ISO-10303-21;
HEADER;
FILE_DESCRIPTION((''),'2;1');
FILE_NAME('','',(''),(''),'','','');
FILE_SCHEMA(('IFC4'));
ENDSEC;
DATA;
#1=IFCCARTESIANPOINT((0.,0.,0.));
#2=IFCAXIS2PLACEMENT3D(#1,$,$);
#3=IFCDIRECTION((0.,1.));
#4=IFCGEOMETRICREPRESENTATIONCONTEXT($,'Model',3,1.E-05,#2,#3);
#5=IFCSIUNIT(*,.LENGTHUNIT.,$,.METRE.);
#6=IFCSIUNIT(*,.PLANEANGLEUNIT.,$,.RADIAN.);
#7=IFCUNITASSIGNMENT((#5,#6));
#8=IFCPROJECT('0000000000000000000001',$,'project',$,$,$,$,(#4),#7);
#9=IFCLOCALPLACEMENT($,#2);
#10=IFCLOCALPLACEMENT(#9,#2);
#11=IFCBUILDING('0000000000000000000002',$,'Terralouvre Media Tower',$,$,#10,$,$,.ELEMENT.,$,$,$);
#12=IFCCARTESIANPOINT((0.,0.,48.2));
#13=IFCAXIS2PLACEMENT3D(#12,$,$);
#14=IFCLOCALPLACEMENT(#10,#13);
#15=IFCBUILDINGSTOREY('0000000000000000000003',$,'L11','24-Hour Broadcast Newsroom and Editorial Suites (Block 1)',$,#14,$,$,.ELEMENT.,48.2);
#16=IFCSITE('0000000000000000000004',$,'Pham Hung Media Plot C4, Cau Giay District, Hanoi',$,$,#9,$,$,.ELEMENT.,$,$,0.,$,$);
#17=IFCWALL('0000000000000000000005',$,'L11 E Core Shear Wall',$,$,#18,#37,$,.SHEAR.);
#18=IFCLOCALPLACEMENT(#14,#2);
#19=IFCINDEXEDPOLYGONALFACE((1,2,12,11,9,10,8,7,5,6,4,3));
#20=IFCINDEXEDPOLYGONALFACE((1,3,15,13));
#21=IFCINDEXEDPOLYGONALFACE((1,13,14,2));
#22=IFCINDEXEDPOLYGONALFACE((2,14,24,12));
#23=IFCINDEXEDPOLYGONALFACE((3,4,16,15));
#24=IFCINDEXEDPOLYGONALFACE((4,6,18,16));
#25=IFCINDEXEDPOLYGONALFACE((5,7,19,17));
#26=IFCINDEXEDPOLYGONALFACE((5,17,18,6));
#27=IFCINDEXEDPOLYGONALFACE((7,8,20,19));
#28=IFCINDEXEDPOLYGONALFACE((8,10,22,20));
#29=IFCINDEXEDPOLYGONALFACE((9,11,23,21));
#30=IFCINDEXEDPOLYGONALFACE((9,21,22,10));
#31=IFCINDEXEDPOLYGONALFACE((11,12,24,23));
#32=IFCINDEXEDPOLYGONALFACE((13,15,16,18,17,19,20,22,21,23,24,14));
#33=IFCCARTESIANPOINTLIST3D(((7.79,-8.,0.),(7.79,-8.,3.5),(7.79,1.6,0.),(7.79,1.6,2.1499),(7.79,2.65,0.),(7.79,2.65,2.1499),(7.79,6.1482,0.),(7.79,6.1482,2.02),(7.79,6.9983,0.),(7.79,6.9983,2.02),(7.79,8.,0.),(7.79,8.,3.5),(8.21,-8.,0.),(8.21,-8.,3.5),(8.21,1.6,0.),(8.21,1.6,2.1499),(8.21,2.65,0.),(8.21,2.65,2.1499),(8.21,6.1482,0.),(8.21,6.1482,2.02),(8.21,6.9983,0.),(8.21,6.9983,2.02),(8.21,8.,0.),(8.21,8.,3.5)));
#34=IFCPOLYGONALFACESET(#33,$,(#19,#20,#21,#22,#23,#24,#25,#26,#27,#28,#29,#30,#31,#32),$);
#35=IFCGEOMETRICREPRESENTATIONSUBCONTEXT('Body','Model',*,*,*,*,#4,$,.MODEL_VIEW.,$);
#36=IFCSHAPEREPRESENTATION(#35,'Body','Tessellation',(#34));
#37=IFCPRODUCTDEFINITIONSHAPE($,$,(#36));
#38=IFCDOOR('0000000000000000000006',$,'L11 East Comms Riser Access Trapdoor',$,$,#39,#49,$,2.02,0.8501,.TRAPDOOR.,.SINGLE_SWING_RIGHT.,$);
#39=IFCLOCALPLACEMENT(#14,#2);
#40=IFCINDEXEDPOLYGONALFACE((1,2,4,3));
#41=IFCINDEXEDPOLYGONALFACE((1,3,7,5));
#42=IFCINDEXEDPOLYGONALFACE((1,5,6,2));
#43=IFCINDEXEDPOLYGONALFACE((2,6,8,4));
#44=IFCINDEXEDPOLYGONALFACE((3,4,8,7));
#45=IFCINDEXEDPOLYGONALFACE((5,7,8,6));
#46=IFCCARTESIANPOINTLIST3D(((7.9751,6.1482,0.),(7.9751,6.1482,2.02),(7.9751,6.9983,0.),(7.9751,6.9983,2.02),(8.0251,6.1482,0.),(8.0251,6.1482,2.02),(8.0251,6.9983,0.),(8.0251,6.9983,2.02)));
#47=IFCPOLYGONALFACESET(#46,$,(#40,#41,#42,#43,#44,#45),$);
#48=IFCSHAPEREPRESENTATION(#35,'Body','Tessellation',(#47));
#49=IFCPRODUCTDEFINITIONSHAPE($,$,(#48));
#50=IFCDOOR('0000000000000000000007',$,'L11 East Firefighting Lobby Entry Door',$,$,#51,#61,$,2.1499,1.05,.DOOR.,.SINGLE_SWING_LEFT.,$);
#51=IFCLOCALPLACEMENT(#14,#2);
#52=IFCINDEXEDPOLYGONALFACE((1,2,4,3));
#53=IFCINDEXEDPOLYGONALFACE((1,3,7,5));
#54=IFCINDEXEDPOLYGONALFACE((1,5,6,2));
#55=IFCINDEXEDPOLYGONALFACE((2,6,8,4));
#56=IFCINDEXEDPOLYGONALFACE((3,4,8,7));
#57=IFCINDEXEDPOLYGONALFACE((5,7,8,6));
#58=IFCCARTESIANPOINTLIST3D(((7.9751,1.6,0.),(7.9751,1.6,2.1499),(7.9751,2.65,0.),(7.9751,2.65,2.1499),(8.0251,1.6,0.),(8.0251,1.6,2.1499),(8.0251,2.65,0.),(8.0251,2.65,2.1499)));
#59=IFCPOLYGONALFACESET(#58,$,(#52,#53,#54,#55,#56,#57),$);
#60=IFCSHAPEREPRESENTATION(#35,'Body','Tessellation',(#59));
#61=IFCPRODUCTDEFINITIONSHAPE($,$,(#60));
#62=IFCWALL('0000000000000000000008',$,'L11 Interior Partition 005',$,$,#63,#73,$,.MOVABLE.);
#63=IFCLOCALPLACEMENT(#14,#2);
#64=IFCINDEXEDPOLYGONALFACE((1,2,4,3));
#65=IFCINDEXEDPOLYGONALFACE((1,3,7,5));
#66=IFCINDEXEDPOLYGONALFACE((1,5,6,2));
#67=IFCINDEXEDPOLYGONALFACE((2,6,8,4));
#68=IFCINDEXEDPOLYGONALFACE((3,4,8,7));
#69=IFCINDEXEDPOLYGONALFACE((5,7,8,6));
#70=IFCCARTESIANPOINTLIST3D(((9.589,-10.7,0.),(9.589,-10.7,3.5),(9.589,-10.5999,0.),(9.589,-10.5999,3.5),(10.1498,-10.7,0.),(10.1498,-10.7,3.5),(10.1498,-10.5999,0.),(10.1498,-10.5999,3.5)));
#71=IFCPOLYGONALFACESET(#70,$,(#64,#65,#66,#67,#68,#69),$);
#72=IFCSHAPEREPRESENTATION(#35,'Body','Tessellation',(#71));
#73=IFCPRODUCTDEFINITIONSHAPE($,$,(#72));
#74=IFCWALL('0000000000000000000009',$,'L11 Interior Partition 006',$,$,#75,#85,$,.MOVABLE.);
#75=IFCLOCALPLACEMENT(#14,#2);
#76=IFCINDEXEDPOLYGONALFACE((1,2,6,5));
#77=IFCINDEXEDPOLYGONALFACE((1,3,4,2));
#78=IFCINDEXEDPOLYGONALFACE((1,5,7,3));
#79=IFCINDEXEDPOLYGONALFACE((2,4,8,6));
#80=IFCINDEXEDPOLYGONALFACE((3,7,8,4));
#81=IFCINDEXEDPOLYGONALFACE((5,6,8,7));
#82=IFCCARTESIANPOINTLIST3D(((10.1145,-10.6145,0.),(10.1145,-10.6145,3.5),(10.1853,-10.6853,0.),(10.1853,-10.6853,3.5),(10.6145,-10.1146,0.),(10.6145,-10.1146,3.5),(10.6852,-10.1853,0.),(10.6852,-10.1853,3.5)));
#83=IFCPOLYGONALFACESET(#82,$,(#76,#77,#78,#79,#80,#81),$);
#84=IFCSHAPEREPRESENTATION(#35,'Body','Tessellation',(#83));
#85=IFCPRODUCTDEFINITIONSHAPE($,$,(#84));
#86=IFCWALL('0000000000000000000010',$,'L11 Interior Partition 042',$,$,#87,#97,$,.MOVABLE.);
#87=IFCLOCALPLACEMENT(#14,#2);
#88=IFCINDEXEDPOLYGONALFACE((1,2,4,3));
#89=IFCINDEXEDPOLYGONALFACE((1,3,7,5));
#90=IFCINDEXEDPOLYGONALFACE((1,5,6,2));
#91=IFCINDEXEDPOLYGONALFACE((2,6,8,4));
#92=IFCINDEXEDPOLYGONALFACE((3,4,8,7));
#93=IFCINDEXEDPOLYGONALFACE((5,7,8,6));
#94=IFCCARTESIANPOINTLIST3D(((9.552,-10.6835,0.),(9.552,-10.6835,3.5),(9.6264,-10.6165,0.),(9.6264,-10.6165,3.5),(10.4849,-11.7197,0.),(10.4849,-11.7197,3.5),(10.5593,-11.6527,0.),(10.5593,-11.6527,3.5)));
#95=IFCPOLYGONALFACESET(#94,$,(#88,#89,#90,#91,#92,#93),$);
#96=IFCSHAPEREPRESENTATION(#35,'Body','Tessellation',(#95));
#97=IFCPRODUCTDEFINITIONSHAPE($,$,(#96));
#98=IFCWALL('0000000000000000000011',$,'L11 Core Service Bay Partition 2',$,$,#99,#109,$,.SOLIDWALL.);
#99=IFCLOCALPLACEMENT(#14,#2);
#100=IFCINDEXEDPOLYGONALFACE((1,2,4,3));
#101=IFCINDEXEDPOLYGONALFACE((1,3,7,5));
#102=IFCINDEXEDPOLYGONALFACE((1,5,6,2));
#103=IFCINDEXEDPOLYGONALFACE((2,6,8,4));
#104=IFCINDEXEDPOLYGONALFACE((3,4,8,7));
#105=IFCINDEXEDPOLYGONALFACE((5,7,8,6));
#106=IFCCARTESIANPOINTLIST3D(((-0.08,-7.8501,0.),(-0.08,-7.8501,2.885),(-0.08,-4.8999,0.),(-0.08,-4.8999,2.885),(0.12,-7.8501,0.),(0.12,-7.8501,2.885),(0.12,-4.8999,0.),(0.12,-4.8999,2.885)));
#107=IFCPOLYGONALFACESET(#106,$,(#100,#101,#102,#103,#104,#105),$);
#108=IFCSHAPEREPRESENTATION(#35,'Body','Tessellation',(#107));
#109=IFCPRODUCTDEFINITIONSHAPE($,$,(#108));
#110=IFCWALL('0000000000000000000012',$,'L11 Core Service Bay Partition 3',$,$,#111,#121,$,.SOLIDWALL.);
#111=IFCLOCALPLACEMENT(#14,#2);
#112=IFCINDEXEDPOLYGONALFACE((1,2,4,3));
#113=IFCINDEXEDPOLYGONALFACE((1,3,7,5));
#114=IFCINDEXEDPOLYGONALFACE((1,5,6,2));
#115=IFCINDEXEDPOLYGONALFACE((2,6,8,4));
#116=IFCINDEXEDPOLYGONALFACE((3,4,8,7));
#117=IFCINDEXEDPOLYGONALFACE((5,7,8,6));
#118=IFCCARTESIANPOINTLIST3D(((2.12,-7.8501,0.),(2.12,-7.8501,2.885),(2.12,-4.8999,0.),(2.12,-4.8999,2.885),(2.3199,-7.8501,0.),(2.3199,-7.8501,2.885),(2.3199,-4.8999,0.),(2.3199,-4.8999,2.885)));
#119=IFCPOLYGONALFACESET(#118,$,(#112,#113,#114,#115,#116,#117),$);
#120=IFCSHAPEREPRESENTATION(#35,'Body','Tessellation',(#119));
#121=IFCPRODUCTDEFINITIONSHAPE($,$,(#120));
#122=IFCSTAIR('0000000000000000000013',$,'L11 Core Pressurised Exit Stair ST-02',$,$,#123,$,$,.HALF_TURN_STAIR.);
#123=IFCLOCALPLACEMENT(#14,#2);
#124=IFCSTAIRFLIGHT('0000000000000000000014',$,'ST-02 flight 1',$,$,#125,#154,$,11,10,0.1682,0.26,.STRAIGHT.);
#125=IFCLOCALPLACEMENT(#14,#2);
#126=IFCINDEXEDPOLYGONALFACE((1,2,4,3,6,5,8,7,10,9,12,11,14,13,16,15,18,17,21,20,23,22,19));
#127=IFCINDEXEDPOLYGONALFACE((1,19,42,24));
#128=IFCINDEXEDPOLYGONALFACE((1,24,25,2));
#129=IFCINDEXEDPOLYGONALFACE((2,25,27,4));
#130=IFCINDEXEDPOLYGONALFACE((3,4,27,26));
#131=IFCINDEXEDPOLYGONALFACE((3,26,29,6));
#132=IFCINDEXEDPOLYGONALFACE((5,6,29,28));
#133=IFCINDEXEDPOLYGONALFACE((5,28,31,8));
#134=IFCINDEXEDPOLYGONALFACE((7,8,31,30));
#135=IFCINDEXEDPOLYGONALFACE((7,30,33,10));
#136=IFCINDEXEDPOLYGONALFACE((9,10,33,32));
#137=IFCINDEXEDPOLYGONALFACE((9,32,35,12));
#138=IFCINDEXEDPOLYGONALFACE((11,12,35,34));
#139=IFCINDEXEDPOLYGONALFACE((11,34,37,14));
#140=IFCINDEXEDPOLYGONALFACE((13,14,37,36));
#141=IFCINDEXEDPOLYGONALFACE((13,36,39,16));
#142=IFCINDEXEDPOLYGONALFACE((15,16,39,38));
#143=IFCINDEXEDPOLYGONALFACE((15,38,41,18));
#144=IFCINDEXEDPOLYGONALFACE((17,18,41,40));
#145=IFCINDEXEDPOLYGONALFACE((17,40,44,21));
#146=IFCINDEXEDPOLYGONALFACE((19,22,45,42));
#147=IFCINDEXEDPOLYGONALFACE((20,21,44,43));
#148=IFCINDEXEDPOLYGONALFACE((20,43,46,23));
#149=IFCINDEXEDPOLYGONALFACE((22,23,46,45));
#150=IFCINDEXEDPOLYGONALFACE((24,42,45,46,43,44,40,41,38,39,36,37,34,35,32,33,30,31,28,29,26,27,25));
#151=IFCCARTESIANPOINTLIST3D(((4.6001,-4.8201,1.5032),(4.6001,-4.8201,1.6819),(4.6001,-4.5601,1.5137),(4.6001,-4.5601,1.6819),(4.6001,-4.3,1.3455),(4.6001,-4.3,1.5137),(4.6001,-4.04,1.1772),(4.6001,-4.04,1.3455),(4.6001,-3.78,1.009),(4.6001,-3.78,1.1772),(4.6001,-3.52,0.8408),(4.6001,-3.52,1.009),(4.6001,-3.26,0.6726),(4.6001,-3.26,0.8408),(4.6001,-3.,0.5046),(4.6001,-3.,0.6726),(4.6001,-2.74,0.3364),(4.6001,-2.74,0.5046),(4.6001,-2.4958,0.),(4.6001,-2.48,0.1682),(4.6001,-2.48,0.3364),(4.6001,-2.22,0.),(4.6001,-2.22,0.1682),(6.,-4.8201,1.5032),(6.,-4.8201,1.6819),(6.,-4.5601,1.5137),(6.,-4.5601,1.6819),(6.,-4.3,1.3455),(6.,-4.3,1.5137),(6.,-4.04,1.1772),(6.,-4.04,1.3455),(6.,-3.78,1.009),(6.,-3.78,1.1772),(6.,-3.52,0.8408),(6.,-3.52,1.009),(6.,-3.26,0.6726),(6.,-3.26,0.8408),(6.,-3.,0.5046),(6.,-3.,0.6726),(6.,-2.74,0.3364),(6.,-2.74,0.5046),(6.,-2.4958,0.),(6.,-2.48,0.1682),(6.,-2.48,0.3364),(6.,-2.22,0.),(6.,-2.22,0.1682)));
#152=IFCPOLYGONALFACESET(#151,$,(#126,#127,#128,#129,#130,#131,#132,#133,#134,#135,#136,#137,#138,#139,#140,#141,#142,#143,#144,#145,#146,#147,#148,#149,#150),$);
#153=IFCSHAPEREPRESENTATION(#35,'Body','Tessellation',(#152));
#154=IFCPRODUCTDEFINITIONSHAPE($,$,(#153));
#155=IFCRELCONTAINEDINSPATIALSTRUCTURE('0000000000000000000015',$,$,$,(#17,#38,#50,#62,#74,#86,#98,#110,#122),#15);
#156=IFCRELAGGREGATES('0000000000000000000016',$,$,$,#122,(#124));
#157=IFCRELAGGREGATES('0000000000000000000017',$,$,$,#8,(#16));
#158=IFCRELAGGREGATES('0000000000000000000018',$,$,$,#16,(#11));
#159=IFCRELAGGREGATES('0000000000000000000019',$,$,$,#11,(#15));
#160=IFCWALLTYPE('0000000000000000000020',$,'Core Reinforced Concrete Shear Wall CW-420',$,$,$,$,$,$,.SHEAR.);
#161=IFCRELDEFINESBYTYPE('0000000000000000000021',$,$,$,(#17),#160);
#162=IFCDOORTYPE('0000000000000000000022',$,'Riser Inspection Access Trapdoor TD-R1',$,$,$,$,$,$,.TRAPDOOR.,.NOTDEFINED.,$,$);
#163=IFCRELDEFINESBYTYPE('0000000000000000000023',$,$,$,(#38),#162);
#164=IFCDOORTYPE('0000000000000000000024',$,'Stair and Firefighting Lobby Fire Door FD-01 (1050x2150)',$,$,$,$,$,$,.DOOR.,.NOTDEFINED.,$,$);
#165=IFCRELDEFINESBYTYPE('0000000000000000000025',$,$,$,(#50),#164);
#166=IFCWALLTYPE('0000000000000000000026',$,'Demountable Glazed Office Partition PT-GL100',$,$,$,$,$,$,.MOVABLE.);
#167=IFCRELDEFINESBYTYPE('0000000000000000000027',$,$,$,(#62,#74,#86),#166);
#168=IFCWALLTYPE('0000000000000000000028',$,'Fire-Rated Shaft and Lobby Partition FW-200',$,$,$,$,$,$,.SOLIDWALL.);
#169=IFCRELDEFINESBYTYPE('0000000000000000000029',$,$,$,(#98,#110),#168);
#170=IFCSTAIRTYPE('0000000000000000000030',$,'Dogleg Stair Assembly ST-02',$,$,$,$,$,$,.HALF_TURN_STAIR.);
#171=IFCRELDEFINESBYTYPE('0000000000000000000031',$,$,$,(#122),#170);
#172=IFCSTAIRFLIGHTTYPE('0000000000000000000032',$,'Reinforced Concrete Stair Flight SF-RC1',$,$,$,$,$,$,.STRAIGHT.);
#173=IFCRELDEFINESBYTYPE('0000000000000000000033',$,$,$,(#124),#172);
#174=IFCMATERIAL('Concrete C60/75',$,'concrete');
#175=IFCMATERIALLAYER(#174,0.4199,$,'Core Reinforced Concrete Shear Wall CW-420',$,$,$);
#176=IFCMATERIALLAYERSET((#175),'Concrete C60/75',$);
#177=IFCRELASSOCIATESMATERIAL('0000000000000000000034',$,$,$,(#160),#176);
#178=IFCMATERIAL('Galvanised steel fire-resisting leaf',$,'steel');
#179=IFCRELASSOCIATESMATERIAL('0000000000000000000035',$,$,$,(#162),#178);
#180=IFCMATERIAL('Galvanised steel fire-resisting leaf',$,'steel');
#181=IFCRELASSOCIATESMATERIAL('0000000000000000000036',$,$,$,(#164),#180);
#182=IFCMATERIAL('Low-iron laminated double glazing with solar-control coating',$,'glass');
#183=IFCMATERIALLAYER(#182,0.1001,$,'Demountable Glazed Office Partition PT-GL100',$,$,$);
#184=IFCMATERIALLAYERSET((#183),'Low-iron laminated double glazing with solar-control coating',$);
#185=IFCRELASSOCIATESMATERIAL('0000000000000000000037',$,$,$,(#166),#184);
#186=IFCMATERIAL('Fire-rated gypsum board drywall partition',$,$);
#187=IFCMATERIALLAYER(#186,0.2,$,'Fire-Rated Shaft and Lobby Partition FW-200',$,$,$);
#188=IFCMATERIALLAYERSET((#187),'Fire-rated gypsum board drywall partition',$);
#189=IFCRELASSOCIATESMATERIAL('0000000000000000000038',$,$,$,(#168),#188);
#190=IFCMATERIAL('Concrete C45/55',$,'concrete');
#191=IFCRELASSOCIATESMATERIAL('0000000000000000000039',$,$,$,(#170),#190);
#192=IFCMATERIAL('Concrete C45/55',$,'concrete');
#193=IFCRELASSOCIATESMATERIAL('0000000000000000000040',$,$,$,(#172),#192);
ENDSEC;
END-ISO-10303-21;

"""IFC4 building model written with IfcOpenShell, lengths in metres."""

from ifc_helpers import new_model, si_unit, direction, frame, frame_2d, origin, place, context, subcontext, project, spatial, polyline, rectangle, outline, extrude, material, layer, layer_set, type_object, element, fill, aggregate, save


model = new_model("IFC4")

# Units and contexts
model_context = context("Model", 3, precision=1e-05, world=origin(), true_north=direction((0.0, 1.0)))
body_context = subcontext(model_context, "Body", "Model", "MODEL_VIEW")
ifc_project = project(units=[si_unit("LENGTHUNIT", "METRE"), si_unit("PLANEANGLEUNIT", "RADIAN")], contexts=[model_context])

# Site, building, storey
site_placement = place(None, origin())
site = spatial("IfcSite", under=ifc_project, at=site_placement, Name="Pham Hung Media Plot C4, Cau Giay District, Hanoi", CompositionType="ELEMENT", RefElevation=0.0)
building_placement = place(site_placement, origin())
building = spatial("IfcBuilding", under=site, at=building_placement, Name="Terralouvre Media Tower", CompositionType="ELEMENT")
storey_placement = place(building_placement, frame((0.0, 0.0, 48.2)))
storey = spatial("IfcBuildingStorey", under=building, at=storey_placement, Name="L11", Description="24-Hour Broadcast Newsroom and Editorial Suites (Block 1)", CompositionType="ELEMENT", Elevation=48.2)

# Wall, openings, doors
ifc_material_1 = material(Name="Concrete C60/75", Category="concrete")
ifc_layer_1 = layer(ifc_material_1, 0.4199, Name="Core Reinforced Concrete Shear Wall CW-420")
ifc_layer_set_1 = layer_set([ifc_layer_1], Name="Concrete C60/75")
wall_type_1 = type_object("IfcWallType", Name="Core Reinforced Concrete Shear Wall CW-420", PredefinedType="SHEAR", material=ifc_layer_set_1)
wall_1_placement = place(storey_placement, frame((8.0, -8.0, 0.0), z_axis=(0.0, 0.0, 1.0), x_axis=(0.0, 1.0, 0.0)))
wall_1 = element("IfcWall", 1, at=wall_1_placement, inside=storey, type_object=wall_type_1, Name="L11 E Core Shear Wall", PredefinedType="SHEAR", context=body_context, shape_type="SweptSolid", body=[
    extrude(rectangle(XDim=16.0, YDim=0.4199, at=frame_2d((8.0, 0.0))), origin(), (0.0, 0.0, 1.0), 3.5),
])
opening_1_placement = place(wall_1_placement, frame((9.6001, 0.0, 0.0)))
opening_1 = element("IfcOpeningElement", 2, at=opening_1_placement, cuts=wall_1, PredefinedType="OPENING", context=body_context, shape_type="SweptSolid", body=[
    extrude(rectangle(XDim=1.05, YDim=2.1499, at=frame_2d((0.5249, 1.075))), frame((0.0, 0.22, 0.0), z_axis=(0.0, -1.0, 0.0), x_axis=(1.0, 0.0, 0.0)), (0.0, 0.0, 1.0), 0.4399),
])
opening_2_placement = place(wall_1_placement, frame((14.1482, 0.0, 0.0)))
opening_2 = element("IfcOpeningElement", 3, at=opening_2_placement, cuts=wall_1, PredefinedType="OPENING", context=body_context, shape_type="SweptSolid", body=[
    extrude(rectangle(XDim=0.8501, YDim=2.02, at=frame_2d((0.425, 1.01))), frame((0.0, 0.22, 0.0), z_axis=(0.0, -1.0, 0.0), x_axis=(1.0, 0.0, 0.0)), (0.0, 0.0, 1.0), 0.4399),
])
ifc_material_2 = material(Name="Galvanised steel fire-resisting leaf", Category="steel")
door_type_1 = type_object("IfcDoorType", Name="Riser Inspection Access Trapdoor TD-R1", OperationType="NOTDEFINED", PredefinedType="TRAPDOOR", material=ifc_material_2)
door_1_placement = place(opening_2_placement, origin())
door_1 = element("IfcDoor", 4, at=door_1_placement, inside=storey, type_object=door_type_1, Name="L11 East Comms Riser Access Trapdoor", OperationType="SINGLE_SWING_RIGHT", OverallHeight=2.02, OverallWidth=0.8501, PredefinedType="TRAPDOOR", context=body_context, shape_type="SweptSolid", body=[
    extrude(rectangle(XDim=0.8501, YDim=2.02, at=frame_2d((0.425, 1.01))), frame((0.0, 0.0249, 0.0), z_axis=(0.0, -1.0, 0.0), x_axis=(1.0, 0.0, 0.0)), (0.0, 0.0, 1.0), 0.05),
])
fill(opening_2, door_1)
ifc_material_3 = material(Name="Galvanised steel fire-resisting leaf", Category="steel")
door_type_2 = type_object("IfcDoorType", Name="Stair and Firefighting Lobby Fire Door FD-01 (1050x2150)", OperationType="NOTDEFINED", PredefinedType="DOOR", material=ifc_material_3)
door_2_placement = place(opening_1_placement, origin())
door_2 = element("IfcDoor", 5, at=door_2_placement, inside=storey, type_object=door_type_2, Name="L11 East Firefighting Lobby Entry Door", OperationType="SINGLE_SWING_LEFT", OverallHeight=2.1499, OverallWidth=1.05, PredefinedType="DOOR", context=body_context, shape_type="SweptSolid", body=[
    extrude(rectangle(XDim=1.05, YDim=2.1499, at=frame_2d((0.5249, 1.075))), frame((0.0, 0.0249, 0.0), z_axis=(0.0, -1.0, 0.0), x_axis=(1.0, 0.0, 0.0)), (0.0, 0.0, 1.0), 0.05),
])
fill(opening_1, door_2)

# Walls
ifc_material_4 = material(Name="Low-iron laminated double glazing with solar-control coating", Category="glass")
ifc_layer_2 = layer(ifc_material_4, 0.1001, Name="Demountable Glazed Office Partition PT-GL100")
ifc_layer_set_2 = layer_set([ifc_layer_2], Name="Low-iron laminated double glazing with solar-control coating")
wall_type_2 = type_object("IfcWallType", Name="Demountable Glazed Office Partition PT-GL100", PredefinedType="MOVABLE", material=ifc_layer_set_2)
wall_2_placement = place(storey_placement, frame((9.5891, -10.6499, 0.0), z_axis=(0.0, 0.0, 1.0), x_axis=(1.0, 0.0, 0.0)))
element("IfcWall", 6, at=wall_2_placement, inside=storey, type_object=wall_type_2, Name="L11 Interior Partition 005", PredefinedType="MOVABLE", context=body_context, shape_type="SweptSolid", body=[
    extrude(rectangle(XDim=0.5608, YDim=0.1001, at=frame_2d((0.2803, 0.0))), origin(), (0.0, 0.0, 1.0), 3.5),
])
wall_3_placement = place(storey_placement, frame((10.1499, -10.6499, 0.0), z_axis=(0.0, 0.0, 1.0), x_axis=(0.707107, 0.707107, 0.0)))
element("IfcWall", 7, at=wall_3_placement, inside=storey, type_object=wall_type_2, Name="L11 Interior Partition 006", PredefinedType="MOVABLE", context=body_context, shape_type="SweptSolid", body=[
    extrude(rectangle(XDim=0.707, YDim=0.1001, at=frame_2d((0.3535, 0.0))), origin(), (0.0, 0.0, 1.0), 3.5),
])
wall_4_placement = place(storey_placement, frame((9.5891, -10.6499, 0.0), z_axis=(0.0, 0.0, 1.0), x_axis=(0.6691, -0.743172, 0.0)))
element("IfcWall", 8, at=wall_4_placement, inside=storey, type_object=wall_type_2, Name="L11 Interior Partition 042", PredefinedType="MOVABLE", context=body_context, shape_type="SweptSolid", body=[
    extrude(rectangle(XDim=1.3943, YDim=0.1001, at=frame_2d((0.6973, 0.0))), origin(), (0.0, 0.0, 1.0), 3.5),
])
ifc_material_5 = material(Name="Fire-rated gypsum board drywall partition")
ifc_layer_3 = layer(ifc_material_5, 0.2, Name="Fire-Rated Shaft and Lobby Partition FW-200")
ifc_layer_set_3 = layer_set([ifc_layer_3], Name="Fire-rated gypsum board drywall partition")
wall_type_3 = type_object("IfcWallType", Name="Fire-Rated Shaft and Lobby Partition FW-200", PredefinedType="SOLIDWALL", material=ifc_layer_set_3)
for number, where, z_axis, x_axis, name in (
    (9, (0.02, -7.8501, 0.0), (0.0, 0.0, 1.0), (0.0, 1.0, 0.0), "L11 Core Service Bay Partition 2"),
    (10, (2.22, -7.8501, 0.0), (0.0, 0.0, 1.0), (0.0, 1.0, 0.0), "L11 Core Service Bay Partition 3"),
):
    element("IfcWall", number, at=place(storey_placement, frame(where, z_axis=z_axis, x_axis=x_axis)), inside=storey, type_object=wall_type_3, Name=name, PredefinedType="SOLIDWALL", context=body_context, shape_type="SweptSolid", body=[
        extrude(rectangle(XDim=2.9502, YDim=0.2, at=frame_2d((1.4751, 0.0))), origin(), (0.0, 0.0, 1.0), 2.885),
    ])

# Stair, stair flight
ifc_material_6 = material(Name="Concrete C45/55", Category="concrete")
stair_type = type_object("IfcStairType", Name="Dogleg Stair Assembly ST-02", PredefinedType="HALF_TURN_STAIR", material=ifc_material_6)
stair_placement = place(storey_placement, origin())
stair = element("IfcStair", 11, at=stair_placement, inside=storey, type_object=stair_type, Name="L11 Core Pressurised Exit Stair ST-02", PredefinedType="HALF_TURN_STAIR")
ifc_material_7 = material(Name="Concrete C45/55", Category="concrete")
stair_flight_type = type_object("IfcStairFlightType", Name="Reinforced Concrete Stair Flight SF-RC1", PredefinedType="STRAIGHT", material=ifc_material_7)
stair_flight_1_placement = place(storey_placement, frame((5.3, -2.22, 0.0), z_axis=(0.0, 0.0, 1.0), x_axis=(0.0, -1.0, 0.0)))
stair_flight_1 = element("IfcStairFlight", 12, at=stair_flight_1_placement, type_object=stair_flight_type, Name="ST-02 flight 1", NumberOfRisers=11, NumberOfTreads=10, PredefinedType="STRAIGHT", RiserHeight=0.1682, TreadLength=0.26, context=body_context, shape_type="SweptSolid", body=[
    extrude(outline(polyline([(0.0, 0.0), (0.0, 0.1682), (0.26, 0.1682), (0.26, 0.3364), (0.52, 0.3364), (0.52, 0.5046), (0.78, 0.5046), (0.78, 0.6726), (1.04, 0.6726), (1.04, 0.8408), (1.3, 0.8408), (1.3, 1.009), (1.5601, 1.009), (1.5601, 1.1772), (1.8201, 1.1772), (1.8201, 1.3455), (2.0801, 1.3455), (2.0801, 1.5137), (2.3401, 1.5137), (2.3401, 1.6819), (2.6001, 1.6819), (2.6001, 1.8501), (2.6001, 1.5032), (0.2759, 0.0), (0.0, 0.0)])), frame((0.0, 0.7, 0.0), z_axis=(0.0, -1.0, 0.0), x_axis=(1.0, 0.0, 0.0)), (0.0, 0.0, 1.0), 1.3999),
])
aggregate(stair, [stair_flight_1])

save(model, "model.ifc")
